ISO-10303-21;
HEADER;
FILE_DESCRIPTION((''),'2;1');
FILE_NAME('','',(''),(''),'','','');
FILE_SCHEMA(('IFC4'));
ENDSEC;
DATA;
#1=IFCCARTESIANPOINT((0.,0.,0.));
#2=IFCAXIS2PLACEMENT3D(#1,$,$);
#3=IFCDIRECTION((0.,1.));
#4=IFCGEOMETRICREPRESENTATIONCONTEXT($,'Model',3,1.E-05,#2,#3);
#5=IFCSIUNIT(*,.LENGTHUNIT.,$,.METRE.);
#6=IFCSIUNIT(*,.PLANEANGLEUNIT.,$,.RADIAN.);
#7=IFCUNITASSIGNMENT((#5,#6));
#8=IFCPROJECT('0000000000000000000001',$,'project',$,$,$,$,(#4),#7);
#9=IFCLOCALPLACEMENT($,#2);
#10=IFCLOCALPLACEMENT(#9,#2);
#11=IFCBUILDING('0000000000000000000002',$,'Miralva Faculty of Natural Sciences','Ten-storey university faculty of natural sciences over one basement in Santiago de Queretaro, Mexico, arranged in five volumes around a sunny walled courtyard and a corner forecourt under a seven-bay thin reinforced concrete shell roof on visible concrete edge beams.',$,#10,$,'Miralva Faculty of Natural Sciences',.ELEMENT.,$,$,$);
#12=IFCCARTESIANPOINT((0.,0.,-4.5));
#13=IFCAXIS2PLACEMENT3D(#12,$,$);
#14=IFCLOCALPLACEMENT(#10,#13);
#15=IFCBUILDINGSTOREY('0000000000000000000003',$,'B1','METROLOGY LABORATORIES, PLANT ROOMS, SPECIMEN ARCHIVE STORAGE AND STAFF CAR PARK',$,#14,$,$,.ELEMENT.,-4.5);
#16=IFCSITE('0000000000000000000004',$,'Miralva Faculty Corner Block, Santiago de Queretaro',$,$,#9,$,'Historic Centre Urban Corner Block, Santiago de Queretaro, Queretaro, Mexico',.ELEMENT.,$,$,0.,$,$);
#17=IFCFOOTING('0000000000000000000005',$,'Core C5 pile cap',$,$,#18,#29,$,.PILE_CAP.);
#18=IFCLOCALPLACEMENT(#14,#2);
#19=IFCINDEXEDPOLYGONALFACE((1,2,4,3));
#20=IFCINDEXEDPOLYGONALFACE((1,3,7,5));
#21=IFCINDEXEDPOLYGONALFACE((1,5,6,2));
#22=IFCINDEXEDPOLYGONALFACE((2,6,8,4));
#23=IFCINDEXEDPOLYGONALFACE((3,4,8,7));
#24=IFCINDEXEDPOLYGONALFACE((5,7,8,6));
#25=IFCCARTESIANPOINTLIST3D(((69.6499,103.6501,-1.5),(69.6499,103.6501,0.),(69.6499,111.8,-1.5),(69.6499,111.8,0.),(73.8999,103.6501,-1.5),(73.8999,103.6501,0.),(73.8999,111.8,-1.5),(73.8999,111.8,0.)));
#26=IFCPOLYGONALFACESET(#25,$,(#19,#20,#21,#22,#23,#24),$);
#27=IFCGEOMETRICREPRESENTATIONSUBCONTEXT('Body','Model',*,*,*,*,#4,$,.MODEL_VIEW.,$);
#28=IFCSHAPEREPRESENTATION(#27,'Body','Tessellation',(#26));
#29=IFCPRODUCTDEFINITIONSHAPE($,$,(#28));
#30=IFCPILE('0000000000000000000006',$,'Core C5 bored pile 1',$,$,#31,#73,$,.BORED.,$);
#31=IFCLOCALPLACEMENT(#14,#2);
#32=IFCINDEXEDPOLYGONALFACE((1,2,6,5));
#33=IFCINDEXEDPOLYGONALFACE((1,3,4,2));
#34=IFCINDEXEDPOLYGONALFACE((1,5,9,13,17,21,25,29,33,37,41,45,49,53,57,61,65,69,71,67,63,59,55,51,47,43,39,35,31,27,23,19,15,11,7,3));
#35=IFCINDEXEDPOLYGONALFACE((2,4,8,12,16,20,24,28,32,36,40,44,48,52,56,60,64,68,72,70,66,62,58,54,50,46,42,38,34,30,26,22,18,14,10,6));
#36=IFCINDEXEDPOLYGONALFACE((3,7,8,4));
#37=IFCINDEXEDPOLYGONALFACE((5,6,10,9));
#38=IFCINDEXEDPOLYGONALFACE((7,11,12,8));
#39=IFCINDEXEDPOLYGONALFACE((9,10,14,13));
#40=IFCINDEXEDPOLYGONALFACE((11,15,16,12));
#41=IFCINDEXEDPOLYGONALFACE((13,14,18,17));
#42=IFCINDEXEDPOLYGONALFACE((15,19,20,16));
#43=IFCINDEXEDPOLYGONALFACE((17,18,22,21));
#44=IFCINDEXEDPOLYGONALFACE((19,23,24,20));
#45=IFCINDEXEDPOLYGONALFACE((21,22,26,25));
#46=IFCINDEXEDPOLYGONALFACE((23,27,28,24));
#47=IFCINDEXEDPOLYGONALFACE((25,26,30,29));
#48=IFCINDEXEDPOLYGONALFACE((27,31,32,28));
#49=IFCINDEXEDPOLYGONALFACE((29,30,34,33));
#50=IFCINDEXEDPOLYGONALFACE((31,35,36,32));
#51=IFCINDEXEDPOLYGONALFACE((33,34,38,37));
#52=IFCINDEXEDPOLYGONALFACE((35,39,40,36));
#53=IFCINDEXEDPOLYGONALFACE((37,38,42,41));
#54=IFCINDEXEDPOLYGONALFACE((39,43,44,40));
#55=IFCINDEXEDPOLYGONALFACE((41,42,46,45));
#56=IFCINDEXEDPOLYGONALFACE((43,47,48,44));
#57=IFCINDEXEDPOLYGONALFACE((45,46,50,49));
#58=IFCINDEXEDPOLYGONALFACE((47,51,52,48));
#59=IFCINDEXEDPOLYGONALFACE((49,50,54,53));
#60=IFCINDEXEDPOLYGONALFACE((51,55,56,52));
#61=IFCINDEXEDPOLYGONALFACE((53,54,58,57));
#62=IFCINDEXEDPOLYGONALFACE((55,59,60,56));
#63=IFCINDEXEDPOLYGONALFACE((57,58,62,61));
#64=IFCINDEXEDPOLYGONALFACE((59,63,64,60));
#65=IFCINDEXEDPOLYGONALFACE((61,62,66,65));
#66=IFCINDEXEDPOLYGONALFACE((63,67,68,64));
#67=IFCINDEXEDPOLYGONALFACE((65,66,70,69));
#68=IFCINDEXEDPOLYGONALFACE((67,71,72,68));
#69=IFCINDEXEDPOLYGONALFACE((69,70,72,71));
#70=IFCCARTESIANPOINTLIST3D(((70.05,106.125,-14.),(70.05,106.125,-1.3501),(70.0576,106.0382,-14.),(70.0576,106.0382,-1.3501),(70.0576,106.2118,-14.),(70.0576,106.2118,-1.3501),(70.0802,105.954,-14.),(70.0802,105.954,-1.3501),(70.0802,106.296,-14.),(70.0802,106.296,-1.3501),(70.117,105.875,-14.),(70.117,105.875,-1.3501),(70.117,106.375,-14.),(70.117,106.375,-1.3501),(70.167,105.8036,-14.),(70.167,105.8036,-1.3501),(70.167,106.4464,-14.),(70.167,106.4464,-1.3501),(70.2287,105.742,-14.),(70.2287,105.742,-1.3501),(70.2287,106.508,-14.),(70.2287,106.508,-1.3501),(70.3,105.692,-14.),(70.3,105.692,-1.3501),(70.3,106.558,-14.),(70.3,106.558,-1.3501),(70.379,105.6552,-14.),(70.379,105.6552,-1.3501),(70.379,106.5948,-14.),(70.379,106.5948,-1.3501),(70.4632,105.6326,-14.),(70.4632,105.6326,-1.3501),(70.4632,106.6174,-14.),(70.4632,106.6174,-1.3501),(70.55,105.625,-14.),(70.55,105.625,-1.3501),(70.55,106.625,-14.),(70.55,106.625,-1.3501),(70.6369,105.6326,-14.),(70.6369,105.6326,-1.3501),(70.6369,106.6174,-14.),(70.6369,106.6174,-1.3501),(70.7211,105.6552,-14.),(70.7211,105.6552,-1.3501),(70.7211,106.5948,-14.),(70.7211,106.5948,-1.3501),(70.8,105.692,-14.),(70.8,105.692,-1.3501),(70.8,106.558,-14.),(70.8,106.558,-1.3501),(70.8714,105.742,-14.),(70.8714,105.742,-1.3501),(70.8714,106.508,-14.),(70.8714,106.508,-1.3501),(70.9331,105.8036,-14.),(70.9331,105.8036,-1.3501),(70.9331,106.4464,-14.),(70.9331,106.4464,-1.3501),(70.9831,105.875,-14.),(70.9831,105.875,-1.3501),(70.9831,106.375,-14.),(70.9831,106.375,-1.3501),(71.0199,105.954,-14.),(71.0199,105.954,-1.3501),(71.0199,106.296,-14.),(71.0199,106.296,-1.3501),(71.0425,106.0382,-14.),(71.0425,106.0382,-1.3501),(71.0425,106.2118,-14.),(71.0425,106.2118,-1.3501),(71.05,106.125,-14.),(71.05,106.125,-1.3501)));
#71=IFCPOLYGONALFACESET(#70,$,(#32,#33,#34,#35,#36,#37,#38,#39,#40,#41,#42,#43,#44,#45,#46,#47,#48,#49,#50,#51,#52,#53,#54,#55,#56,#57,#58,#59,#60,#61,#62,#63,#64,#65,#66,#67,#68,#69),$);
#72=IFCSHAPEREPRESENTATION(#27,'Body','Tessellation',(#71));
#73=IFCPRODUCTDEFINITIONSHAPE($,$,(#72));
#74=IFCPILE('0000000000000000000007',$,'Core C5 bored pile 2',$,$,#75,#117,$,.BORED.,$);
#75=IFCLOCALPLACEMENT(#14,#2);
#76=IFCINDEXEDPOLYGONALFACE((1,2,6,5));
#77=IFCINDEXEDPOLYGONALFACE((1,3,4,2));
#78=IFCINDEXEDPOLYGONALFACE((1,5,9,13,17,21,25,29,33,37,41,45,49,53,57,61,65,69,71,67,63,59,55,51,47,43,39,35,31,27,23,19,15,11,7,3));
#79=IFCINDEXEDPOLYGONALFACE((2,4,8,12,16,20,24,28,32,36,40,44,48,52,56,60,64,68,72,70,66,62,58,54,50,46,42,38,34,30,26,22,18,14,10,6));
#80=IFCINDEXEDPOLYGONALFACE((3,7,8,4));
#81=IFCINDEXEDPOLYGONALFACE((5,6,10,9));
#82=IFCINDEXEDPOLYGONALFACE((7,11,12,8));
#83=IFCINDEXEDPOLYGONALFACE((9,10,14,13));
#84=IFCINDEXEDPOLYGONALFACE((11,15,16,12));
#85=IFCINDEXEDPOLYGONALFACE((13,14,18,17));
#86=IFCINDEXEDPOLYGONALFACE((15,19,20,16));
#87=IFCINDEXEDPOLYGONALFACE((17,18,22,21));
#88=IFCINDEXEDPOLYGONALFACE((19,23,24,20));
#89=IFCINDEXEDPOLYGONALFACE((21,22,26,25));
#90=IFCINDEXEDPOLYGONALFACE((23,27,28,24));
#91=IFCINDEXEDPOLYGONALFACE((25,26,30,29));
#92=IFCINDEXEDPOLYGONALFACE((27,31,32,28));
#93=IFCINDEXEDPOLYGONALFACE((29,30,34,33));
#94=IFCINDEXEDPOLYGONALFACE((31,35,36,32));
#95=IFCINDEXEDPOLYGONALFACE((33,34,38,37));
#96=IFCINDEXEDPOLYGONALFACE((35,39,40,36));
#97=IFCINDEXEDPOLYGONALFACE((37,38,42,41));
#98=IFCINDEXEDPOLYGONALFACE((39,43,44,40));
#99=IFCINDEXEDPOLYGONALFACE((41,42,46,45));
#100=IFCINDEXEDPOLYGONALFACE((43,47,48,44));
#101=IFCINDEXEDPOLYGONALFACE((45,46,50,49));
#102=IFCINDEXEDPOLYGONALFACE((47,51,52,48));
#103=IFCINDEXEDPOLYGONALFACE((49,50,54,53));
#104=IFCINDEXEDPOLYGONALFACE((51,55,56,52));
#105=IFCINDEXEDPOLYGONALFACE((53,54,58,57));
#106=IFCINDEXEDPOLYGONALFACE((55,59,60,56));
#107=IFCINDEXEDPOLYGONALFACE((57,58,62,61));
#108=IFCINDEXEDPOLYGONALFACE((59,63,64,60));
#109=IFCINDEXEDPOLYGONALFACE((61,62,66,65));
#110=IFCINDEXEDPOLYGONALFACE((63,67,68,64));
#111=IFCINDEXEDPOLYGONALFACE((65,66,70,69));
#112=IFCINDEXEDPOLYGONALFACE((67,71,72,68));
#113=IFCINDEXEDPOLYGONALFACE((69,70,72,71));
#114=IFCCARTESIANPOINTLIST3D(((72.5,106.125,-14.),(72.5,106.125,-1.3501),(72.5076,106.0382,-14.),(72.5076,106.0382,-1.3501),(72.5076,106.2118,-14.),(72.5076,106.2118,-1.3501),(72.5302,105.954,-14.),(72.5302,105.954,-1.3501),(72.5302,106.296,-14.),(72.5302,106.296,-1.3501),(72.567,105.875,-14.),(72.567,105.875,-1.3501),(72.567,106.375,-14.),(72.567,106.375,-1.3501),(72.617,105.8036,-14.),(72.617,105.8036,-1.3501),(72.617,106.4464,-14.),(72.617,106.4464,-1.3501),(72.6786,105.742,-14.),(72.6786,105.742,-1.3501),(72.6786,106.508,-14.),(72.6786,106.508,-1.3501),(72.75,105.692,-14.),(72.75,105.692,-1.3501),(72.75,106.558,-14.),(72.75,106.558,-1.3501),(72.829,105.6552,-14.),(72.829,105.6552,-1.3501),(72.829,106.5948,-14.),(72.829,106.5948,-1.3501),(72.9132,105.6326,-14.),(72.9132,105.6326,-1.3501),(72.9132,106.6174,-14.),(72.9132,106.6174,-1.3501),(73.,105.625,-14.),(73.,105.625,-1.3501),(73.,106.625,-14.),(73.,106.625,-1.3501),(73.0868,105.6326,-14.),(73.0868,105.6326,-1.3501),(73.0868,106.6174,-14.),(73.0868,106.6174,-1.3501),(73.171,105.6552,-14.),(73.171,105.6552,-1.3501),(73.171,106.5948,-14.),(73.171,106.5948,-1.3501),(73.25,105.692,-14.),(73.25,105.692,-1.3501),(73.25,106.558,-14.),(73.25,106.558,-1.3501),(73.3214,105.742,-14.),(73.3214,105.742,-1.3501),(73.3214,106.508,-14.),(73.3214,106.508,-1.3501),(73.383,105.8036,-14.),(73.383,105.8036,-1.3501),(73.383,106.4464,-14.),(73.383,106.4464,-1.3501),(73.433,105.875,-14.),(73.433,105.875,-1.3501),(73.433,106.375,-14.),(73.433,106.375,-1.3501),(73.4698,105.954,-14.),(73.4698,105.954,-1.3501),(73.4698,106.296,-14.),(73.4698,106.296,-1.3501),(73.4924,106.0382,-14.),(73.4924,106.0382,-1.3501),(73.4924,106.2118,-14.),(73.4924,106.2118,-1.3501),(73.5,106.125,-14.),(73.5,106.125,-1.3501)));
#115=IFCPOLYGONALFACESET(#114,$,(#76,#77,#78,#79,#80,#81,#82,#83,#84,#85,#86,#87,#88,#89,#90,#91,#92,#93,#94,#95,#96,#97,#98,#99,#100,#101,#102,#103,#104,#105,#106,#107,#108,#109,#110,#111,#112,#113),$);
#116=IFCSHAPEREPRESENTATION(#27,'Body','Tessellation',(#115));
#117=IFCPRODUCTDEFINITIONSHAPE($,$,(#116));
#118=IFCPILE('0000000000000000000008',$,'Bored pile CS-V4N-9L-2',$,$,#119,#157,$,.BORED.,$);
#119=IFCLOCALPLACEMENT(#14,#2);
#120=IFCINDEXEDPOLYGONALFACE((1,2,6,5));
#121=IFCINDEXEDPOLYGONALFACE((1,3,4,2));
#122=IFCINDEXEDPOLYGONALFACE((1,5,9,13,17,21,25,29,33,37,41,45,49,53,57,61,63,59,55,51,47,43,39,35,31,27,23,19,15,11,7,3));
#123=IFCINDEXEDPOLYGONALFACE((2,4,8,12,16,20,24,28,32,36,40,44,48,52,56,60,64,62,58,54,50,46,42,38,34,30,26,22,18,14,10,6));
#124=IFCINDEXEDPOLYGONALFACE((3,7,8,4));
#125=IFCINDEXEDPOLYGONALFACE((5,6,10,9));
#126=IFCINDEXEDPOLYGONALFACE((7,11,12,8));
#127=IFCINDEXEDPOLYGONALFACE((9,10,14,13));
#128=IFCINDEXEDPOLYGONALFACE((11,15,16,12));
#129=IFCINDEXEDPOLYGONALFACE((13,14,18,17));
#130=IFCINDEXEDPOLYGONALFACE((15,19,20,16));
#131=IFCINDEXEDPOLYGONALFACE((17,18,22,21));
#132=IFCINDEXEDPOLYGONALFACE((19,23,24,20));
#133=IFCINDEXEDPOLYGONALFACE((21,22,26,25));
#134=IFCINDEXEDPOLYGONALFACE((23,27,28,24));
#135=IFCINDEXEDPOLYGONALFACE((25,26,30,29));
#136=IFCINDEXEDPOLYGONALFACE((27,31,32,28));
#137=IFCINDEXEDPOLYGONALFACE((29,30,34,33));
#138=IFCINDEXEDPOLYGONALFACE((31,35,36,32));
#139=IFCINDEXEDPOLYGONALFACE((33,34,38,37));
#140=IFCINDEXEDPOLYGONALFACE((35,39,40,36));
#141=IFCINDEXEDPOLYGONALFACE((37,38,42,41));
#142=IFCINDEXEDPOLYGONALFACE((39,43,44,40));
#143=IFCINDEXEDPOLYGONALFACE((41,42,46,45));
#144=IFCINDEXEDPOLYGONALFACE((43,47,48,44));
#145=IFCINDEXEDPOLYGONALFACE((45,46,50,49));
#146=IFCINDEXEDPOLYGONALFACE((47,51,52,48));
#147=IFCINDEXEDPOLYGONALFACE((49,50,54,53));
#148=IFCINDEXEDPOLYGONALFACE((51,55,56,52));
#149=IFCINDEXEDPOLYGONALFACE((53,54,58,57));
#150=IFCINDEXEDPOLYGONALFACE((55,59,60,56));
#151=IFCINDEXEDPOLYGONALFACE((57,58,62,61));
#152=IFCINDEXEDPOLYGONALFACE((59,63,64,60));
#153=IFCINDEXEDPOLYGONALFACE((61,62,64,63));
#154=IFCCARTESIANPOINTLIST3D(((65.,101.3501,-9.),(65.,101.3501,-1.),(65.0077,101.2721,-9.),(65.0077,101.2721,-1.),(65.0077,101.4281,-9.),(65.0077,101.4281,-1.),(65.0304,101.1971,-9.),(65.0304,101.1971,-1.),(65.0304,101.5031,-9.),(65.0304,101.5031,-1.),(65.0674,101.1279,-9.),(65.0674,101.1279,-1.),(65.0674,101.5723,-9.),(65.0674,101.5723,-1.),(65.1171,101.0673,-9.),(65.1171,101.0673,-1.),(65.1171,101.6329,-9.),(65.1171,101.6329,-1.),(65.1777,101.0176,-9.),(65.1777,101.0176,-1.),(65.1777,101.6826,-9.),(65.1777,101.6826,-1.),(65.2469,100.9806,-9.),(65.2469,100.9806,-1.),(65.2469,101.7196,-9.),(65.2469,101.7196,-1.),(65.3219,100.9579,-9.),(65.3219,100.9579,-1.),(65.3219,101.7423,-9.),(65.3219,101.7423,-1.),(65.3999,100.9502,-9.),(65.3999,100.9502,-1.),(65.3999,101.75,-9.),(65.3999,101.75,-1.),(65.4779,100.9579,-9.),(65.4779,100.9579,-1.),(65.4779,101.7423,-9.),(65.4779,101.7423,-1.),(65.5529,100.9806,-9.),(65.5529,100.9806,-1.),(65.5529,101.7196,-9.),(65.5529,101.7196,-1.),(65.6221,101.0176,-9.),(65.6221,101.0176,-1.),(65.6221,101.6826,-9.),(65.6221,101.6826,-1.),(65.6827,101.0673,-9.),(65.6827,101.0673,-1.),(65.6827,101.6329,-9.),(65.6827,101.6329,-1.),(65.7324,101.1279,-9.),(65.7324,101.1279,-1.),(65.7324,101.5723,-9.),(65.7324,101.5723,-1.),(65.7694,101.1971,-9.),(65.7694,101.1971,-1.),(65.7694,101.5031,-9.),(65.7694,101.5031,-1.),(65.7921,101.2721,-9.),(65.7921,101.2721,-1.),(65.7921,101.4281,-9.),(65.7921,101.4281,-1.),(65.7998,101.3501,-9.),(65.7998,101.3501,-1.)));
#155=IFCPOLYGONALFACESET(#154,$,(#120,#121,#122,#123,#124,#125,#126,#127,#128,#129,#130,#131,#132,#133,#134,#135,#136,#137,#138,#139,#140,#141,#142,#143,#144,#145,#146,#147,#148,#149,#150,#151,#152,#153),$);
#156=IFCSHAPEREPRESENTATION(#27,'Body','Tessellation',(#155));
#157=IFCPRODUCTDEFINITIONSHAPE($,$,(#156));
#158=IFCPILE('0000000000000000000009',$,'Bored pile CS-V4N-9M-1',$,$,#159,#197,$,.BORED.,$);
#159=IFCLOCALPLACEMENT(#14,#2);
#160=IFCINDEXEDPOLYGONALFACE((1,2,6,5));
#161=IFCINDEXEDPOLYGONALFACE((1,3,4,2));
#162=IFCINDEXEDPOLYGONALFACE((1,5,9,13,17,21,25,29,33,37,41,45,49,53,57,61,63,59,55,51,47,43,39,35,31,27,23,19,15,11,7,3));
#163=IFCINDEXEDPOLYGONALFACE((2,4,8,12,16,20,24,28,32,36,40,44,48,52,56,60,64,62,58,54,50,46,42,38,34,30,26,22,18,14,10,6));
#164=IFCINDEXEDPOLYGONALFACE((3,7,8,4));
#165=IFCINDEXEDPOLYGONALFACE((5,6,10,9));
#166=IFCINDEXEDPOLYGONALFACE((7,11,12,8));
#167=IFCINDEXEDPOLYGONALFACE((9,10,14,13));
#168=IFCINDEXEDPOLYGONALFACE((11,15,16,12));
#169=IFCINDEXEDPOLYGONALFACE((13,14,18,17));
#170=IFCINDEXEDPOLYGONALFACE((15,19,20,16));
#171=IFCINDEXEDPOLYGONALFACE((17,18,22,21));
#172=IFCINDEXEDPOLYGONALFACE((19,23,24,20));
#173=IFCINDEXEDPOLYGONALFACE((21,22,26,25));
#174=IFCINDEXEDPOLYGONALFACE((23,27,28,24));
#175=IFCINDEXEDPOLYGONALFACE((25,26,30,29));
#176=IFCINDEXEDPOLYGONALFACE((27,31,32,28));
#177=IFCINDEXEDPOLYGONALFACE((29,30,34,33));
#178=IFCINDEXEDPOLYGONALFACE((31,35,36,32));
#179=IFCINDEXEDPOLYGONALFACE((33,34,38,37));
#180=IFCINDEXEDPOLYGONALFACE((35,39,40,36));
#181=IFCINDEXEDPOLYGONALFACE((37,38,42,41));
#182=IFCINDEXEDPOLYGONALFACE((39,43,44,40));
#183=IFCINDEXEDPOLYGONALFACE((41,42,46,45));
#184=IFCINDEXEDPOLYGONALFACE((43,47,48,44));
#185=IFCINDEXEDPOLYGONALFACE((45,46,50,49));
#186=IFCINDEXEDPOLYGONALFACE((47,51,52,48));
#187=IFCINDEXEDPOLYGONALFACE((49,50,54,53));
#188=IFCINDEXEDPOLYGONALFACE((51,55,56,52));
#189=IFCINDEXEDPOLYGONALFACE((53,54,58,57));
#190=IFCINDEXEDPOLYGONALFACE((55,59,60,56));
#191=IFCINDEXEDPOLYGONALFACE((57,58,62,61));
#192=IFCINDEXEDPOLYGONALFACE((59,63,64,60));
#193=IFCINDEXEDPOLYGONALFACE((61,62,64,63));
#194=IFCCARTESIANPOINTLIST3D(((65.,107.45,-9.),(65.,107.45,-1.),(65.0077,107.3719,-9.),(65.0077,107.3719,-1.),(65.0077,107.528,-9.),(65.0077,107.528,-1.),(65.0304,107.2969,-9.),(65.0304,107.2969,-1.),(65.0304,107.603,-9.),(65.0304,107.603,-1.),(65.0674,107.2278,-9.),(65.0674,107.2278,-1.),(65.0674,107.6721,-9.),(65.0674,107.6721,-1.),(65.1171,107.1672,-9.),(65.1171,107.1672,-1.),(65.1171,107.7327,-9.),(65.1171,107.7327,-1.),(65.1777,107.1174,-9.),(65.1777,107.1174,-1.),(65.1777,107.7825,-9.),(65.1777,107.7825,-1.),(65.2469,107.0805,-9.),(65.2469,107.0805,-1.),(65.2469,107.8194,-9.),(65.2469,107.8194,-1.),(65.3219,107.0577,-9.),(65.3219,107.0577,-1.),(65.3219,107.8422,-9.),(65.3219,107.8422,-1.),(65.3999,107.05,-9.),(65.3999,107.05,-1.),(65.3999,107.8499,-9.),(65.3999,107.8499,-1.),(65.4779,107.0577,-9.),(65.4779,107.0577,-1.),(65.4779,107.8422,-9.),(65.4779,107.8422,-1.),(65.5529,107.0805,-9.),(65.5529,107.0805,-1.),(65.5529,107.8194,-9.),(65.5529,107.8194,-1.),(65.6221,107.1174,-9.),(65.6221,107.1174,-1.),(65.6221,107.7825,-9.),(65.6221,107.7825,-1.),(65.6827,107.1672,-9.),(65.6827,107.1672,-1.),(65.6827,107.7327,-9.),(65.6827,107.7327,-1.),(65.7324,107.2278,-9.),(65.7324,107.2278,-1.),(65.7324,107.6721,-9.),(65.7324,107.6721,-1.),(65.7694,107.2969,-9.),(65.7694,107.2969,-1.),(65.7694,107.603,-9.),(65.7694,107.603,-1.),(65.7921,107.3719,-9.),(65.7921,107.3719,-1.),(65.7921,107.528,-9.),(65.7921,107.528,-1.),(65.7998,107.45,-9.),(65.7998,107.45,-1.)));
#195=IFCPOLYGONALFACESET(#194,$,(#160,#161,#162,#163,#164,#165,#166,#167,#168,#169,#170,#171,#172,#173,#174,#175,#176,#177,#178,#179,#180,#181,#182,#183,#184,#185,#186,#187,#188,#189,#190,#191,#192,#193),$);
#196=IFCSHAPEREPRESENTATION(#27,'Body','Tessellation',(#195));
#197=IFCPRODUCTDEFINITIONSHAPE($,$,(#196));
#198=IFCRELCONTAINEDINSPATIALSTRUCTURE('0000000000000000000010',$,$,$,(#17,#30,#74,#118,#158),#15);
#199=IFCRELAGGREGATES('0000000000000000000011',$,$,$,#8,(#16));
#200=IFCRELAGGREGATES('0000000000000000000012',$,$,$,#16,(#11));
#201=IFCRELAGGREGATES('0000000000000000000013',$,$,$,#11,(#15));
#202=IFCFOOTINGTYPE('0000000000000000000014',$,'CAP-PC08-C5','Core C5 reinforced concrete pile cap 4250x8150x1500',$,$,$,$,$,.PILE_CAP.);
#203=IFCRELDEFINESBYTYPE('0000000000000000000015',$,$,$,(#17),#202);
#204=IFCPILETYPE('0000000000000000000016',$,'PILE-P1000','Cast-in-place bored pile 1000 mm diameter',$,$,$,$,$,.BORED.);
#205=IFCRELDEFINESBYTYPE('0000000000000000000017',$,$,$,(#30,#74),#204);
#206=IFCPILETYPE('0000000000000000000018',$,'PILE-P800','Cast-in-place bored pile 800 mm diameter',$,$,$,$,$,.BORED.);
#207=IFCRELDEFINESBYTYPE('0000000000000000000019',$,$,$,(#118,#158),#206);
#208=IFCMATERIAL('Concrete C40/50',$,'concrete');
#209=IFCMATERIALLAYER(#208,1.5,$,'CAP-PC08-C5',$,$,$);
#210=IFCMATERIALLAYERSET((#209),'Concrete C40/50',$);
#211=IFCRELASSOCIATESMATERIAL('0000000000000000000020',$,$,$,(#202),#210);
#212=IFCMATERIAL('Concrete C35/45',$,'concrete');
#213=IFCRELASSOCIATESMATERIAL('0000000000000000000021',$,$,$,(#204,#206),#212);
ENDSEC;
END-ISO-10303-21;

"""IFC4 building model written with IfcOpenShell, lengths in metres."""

from ifc_helpers import new_model, si_unit, direction, frame, origin, origin_2d, place, context, subcontext, project, spatial, rectangle, circle, extrude, material, layer, layer_set, material_profile, profile_set, type_object, element, save


model = new_model("IFC4")

# Units and contexts
model_context = context("Model", 3, precision=1e-05, world=origin(), true_north=direction((0.0, 1.0)))
body_context = subcontext(model_context, "Body", "Model", "MODEL_VIEW")
ifc_project = project(units=[si_unit("LENGTHUNIT", "METRE"), si_unit("PLANEANGLEUNIT", "RADIAN")], contexts=[model_context])

# Site, building, storey
site_placement = place(None, origin())
site = spatial("IfcSite", under=ifc_project, at=site_placement, Name="Miralva Faculty Corner Block, Santiago de Queretaro", LongName="Historic Centre Urban Corner Block, Santiago de Queretaro, Queretaro, Mexico", CompositionType="ELEMENT", RefElevation=0.0)
building_placement = place(site_placement, origin())
building = spatial("IfcBuilding", under=site, at=building_placement, Name="Miralva Faculty of Natural Sciences", Description="Ten-storey university faculty of natural sciences over one basement in Santiago de Queretaro, Mexico, arranged in five volumes around a sunny walled courtyard and a corner forecourt under a seven-bay thin reinforced concrete shell roof on visible concrete edge beams.", LongName="Miralva Faculty of Natural Sciences", CompositionType="ELEMENT")
storey_placement = place(building_placement, frame((0.0, 0.0, -4.5)))
storey = spatial("IfcBuildingStorey", under=building, at=storey_placement, Name="B1", Description="METROLOGY LABORATORIES, PLANT ROOMS, SPECIMEN ARCHIVE STORAGE AND STAFF CAR PARK", CompositionType="ELEMENT", Elevation=-4.5)

# Footing
ifc_material_1 = material(Name="Concrete C40/50", Category="concrete")
ifc_layer_1 = layer(ifc_material_1, 1.5, Name="CAP-PC08-C5")
ifc_layer_set_1 = layer_set([ifc_layer_1], Name="Concrete C40/50")
footing_type_1 = type_object("IfcFootingType", Name="CAP-PC08-C5", Description="Core C5 reinforced concrete pile cap 4250x8150x1500", PredefinedType="PILE_CAP", material=ifc_layer_set_1)
footing_1_placement = place(storey_placement, frame((71.7749, 107.7251, -1.5), z_axis=(0.0, 0.0, 1.0), x_axis=(1.0, 0.0, 0.0)))
element("IfcFooting", 1, at=footing_1_placement, inside=storey, type_object=footing_type_1, Name="Core C5 pile cap", PredefinedType="PILE_CAP", context=body_context, shape_type="SweptSolid", body=[
    extrude(rectangle(XDim=4.25, YDim=8.1499, at=origin_2d()), origin(), (0.0, 0.0, 1.0), 1.5),
])

# Piles
ifc_material_2 = material(Name="Concrete C35/45", Category="concrete")
ifc_material_profile_1 = material_profile(ifc_material_2, circle(Radius=0.5, at=origin_2d()), Name="BORED PILE 1000")
ifc_profile_set_1 = profile_set([ifc_material_profile_1], Name="Concrete C35/45")
pile_type_1 = type_object("IfcPileType", Name="PILE-P1000", Description="Cast-in-place bored pile 1000 mm diameter", PredefinedType="BORED", material=ifc_profile_set_1)
for number, where, z_axis, x_axis, name in (
    (2, (70.55, 106.125, -1.3501), (0.0, 0.0, -1.0), (1.0, 0.0, 0.0), "Core C5 bored pile 1"),
    (3, (73.0, 106.125, -1.3501), (0.0, 0.0, -1.0), (1.0, 0.0, 0.0), "Core C5 bored pile 2"),
):
    element("IfcPile", number, at=place(storey_placement, frame(where, z_axis=z_axis, x_axis=x_axis)), inside=storey, type_object=pile_type_1, Name=name, PredefinedType="BORED", context=body_context, shape_type="SweptSolid", body=[
        extrude(circle(Radius=0.5, at=origin_2d()), origin(), (0.0, 0.0, 1.0), 12.6499),
    ])
ifc_material_profile_2 = material_profile(ifc_material_2, circle(Radius=0.3999, at=origin_2d()), Name="BORED PILE 800")
ifc_profile_set_2 = profile_set([ifc_material_profile_2], Name="Concrete C35/45")
pile_type_2 = type_object("IfcPileType", Name="PILE-P800", Description="Cast-in-place bored pile 800 mm diameter", PredefinedType="BORED", material=ifc_profile_set_2)
for number, where, z_axis, x_axis, name in (
    (4, (65.3999, 101.3501, -1.0), (0.0, 0.0, -1.0), (1.0, 0.0, 0.0), "Bored pile CS-V4N-9L-2"),
    (5, (65.3999, 107.45, -1.0), (0.0, 0.0, -1.0), (1.0, 0.0, 0.0), "Bored pile CS-V4N-9M-1"),
):
    element("IfcPile", number, at=place(storey_placement, frame(where, z_axis=z_axis, x_axis=x_axis)), inside=storey, type_object=pile_type_2, Name=name, PredefinedType="BORED", context=body_context, shape_type="SweptSolid", body=[
        extrude(circle(Radius=0.3999, at=origin_2d()), origin(), (0.0, 0.0, 1.0), 8.0),
    ])

save(model, "model.ifc")
